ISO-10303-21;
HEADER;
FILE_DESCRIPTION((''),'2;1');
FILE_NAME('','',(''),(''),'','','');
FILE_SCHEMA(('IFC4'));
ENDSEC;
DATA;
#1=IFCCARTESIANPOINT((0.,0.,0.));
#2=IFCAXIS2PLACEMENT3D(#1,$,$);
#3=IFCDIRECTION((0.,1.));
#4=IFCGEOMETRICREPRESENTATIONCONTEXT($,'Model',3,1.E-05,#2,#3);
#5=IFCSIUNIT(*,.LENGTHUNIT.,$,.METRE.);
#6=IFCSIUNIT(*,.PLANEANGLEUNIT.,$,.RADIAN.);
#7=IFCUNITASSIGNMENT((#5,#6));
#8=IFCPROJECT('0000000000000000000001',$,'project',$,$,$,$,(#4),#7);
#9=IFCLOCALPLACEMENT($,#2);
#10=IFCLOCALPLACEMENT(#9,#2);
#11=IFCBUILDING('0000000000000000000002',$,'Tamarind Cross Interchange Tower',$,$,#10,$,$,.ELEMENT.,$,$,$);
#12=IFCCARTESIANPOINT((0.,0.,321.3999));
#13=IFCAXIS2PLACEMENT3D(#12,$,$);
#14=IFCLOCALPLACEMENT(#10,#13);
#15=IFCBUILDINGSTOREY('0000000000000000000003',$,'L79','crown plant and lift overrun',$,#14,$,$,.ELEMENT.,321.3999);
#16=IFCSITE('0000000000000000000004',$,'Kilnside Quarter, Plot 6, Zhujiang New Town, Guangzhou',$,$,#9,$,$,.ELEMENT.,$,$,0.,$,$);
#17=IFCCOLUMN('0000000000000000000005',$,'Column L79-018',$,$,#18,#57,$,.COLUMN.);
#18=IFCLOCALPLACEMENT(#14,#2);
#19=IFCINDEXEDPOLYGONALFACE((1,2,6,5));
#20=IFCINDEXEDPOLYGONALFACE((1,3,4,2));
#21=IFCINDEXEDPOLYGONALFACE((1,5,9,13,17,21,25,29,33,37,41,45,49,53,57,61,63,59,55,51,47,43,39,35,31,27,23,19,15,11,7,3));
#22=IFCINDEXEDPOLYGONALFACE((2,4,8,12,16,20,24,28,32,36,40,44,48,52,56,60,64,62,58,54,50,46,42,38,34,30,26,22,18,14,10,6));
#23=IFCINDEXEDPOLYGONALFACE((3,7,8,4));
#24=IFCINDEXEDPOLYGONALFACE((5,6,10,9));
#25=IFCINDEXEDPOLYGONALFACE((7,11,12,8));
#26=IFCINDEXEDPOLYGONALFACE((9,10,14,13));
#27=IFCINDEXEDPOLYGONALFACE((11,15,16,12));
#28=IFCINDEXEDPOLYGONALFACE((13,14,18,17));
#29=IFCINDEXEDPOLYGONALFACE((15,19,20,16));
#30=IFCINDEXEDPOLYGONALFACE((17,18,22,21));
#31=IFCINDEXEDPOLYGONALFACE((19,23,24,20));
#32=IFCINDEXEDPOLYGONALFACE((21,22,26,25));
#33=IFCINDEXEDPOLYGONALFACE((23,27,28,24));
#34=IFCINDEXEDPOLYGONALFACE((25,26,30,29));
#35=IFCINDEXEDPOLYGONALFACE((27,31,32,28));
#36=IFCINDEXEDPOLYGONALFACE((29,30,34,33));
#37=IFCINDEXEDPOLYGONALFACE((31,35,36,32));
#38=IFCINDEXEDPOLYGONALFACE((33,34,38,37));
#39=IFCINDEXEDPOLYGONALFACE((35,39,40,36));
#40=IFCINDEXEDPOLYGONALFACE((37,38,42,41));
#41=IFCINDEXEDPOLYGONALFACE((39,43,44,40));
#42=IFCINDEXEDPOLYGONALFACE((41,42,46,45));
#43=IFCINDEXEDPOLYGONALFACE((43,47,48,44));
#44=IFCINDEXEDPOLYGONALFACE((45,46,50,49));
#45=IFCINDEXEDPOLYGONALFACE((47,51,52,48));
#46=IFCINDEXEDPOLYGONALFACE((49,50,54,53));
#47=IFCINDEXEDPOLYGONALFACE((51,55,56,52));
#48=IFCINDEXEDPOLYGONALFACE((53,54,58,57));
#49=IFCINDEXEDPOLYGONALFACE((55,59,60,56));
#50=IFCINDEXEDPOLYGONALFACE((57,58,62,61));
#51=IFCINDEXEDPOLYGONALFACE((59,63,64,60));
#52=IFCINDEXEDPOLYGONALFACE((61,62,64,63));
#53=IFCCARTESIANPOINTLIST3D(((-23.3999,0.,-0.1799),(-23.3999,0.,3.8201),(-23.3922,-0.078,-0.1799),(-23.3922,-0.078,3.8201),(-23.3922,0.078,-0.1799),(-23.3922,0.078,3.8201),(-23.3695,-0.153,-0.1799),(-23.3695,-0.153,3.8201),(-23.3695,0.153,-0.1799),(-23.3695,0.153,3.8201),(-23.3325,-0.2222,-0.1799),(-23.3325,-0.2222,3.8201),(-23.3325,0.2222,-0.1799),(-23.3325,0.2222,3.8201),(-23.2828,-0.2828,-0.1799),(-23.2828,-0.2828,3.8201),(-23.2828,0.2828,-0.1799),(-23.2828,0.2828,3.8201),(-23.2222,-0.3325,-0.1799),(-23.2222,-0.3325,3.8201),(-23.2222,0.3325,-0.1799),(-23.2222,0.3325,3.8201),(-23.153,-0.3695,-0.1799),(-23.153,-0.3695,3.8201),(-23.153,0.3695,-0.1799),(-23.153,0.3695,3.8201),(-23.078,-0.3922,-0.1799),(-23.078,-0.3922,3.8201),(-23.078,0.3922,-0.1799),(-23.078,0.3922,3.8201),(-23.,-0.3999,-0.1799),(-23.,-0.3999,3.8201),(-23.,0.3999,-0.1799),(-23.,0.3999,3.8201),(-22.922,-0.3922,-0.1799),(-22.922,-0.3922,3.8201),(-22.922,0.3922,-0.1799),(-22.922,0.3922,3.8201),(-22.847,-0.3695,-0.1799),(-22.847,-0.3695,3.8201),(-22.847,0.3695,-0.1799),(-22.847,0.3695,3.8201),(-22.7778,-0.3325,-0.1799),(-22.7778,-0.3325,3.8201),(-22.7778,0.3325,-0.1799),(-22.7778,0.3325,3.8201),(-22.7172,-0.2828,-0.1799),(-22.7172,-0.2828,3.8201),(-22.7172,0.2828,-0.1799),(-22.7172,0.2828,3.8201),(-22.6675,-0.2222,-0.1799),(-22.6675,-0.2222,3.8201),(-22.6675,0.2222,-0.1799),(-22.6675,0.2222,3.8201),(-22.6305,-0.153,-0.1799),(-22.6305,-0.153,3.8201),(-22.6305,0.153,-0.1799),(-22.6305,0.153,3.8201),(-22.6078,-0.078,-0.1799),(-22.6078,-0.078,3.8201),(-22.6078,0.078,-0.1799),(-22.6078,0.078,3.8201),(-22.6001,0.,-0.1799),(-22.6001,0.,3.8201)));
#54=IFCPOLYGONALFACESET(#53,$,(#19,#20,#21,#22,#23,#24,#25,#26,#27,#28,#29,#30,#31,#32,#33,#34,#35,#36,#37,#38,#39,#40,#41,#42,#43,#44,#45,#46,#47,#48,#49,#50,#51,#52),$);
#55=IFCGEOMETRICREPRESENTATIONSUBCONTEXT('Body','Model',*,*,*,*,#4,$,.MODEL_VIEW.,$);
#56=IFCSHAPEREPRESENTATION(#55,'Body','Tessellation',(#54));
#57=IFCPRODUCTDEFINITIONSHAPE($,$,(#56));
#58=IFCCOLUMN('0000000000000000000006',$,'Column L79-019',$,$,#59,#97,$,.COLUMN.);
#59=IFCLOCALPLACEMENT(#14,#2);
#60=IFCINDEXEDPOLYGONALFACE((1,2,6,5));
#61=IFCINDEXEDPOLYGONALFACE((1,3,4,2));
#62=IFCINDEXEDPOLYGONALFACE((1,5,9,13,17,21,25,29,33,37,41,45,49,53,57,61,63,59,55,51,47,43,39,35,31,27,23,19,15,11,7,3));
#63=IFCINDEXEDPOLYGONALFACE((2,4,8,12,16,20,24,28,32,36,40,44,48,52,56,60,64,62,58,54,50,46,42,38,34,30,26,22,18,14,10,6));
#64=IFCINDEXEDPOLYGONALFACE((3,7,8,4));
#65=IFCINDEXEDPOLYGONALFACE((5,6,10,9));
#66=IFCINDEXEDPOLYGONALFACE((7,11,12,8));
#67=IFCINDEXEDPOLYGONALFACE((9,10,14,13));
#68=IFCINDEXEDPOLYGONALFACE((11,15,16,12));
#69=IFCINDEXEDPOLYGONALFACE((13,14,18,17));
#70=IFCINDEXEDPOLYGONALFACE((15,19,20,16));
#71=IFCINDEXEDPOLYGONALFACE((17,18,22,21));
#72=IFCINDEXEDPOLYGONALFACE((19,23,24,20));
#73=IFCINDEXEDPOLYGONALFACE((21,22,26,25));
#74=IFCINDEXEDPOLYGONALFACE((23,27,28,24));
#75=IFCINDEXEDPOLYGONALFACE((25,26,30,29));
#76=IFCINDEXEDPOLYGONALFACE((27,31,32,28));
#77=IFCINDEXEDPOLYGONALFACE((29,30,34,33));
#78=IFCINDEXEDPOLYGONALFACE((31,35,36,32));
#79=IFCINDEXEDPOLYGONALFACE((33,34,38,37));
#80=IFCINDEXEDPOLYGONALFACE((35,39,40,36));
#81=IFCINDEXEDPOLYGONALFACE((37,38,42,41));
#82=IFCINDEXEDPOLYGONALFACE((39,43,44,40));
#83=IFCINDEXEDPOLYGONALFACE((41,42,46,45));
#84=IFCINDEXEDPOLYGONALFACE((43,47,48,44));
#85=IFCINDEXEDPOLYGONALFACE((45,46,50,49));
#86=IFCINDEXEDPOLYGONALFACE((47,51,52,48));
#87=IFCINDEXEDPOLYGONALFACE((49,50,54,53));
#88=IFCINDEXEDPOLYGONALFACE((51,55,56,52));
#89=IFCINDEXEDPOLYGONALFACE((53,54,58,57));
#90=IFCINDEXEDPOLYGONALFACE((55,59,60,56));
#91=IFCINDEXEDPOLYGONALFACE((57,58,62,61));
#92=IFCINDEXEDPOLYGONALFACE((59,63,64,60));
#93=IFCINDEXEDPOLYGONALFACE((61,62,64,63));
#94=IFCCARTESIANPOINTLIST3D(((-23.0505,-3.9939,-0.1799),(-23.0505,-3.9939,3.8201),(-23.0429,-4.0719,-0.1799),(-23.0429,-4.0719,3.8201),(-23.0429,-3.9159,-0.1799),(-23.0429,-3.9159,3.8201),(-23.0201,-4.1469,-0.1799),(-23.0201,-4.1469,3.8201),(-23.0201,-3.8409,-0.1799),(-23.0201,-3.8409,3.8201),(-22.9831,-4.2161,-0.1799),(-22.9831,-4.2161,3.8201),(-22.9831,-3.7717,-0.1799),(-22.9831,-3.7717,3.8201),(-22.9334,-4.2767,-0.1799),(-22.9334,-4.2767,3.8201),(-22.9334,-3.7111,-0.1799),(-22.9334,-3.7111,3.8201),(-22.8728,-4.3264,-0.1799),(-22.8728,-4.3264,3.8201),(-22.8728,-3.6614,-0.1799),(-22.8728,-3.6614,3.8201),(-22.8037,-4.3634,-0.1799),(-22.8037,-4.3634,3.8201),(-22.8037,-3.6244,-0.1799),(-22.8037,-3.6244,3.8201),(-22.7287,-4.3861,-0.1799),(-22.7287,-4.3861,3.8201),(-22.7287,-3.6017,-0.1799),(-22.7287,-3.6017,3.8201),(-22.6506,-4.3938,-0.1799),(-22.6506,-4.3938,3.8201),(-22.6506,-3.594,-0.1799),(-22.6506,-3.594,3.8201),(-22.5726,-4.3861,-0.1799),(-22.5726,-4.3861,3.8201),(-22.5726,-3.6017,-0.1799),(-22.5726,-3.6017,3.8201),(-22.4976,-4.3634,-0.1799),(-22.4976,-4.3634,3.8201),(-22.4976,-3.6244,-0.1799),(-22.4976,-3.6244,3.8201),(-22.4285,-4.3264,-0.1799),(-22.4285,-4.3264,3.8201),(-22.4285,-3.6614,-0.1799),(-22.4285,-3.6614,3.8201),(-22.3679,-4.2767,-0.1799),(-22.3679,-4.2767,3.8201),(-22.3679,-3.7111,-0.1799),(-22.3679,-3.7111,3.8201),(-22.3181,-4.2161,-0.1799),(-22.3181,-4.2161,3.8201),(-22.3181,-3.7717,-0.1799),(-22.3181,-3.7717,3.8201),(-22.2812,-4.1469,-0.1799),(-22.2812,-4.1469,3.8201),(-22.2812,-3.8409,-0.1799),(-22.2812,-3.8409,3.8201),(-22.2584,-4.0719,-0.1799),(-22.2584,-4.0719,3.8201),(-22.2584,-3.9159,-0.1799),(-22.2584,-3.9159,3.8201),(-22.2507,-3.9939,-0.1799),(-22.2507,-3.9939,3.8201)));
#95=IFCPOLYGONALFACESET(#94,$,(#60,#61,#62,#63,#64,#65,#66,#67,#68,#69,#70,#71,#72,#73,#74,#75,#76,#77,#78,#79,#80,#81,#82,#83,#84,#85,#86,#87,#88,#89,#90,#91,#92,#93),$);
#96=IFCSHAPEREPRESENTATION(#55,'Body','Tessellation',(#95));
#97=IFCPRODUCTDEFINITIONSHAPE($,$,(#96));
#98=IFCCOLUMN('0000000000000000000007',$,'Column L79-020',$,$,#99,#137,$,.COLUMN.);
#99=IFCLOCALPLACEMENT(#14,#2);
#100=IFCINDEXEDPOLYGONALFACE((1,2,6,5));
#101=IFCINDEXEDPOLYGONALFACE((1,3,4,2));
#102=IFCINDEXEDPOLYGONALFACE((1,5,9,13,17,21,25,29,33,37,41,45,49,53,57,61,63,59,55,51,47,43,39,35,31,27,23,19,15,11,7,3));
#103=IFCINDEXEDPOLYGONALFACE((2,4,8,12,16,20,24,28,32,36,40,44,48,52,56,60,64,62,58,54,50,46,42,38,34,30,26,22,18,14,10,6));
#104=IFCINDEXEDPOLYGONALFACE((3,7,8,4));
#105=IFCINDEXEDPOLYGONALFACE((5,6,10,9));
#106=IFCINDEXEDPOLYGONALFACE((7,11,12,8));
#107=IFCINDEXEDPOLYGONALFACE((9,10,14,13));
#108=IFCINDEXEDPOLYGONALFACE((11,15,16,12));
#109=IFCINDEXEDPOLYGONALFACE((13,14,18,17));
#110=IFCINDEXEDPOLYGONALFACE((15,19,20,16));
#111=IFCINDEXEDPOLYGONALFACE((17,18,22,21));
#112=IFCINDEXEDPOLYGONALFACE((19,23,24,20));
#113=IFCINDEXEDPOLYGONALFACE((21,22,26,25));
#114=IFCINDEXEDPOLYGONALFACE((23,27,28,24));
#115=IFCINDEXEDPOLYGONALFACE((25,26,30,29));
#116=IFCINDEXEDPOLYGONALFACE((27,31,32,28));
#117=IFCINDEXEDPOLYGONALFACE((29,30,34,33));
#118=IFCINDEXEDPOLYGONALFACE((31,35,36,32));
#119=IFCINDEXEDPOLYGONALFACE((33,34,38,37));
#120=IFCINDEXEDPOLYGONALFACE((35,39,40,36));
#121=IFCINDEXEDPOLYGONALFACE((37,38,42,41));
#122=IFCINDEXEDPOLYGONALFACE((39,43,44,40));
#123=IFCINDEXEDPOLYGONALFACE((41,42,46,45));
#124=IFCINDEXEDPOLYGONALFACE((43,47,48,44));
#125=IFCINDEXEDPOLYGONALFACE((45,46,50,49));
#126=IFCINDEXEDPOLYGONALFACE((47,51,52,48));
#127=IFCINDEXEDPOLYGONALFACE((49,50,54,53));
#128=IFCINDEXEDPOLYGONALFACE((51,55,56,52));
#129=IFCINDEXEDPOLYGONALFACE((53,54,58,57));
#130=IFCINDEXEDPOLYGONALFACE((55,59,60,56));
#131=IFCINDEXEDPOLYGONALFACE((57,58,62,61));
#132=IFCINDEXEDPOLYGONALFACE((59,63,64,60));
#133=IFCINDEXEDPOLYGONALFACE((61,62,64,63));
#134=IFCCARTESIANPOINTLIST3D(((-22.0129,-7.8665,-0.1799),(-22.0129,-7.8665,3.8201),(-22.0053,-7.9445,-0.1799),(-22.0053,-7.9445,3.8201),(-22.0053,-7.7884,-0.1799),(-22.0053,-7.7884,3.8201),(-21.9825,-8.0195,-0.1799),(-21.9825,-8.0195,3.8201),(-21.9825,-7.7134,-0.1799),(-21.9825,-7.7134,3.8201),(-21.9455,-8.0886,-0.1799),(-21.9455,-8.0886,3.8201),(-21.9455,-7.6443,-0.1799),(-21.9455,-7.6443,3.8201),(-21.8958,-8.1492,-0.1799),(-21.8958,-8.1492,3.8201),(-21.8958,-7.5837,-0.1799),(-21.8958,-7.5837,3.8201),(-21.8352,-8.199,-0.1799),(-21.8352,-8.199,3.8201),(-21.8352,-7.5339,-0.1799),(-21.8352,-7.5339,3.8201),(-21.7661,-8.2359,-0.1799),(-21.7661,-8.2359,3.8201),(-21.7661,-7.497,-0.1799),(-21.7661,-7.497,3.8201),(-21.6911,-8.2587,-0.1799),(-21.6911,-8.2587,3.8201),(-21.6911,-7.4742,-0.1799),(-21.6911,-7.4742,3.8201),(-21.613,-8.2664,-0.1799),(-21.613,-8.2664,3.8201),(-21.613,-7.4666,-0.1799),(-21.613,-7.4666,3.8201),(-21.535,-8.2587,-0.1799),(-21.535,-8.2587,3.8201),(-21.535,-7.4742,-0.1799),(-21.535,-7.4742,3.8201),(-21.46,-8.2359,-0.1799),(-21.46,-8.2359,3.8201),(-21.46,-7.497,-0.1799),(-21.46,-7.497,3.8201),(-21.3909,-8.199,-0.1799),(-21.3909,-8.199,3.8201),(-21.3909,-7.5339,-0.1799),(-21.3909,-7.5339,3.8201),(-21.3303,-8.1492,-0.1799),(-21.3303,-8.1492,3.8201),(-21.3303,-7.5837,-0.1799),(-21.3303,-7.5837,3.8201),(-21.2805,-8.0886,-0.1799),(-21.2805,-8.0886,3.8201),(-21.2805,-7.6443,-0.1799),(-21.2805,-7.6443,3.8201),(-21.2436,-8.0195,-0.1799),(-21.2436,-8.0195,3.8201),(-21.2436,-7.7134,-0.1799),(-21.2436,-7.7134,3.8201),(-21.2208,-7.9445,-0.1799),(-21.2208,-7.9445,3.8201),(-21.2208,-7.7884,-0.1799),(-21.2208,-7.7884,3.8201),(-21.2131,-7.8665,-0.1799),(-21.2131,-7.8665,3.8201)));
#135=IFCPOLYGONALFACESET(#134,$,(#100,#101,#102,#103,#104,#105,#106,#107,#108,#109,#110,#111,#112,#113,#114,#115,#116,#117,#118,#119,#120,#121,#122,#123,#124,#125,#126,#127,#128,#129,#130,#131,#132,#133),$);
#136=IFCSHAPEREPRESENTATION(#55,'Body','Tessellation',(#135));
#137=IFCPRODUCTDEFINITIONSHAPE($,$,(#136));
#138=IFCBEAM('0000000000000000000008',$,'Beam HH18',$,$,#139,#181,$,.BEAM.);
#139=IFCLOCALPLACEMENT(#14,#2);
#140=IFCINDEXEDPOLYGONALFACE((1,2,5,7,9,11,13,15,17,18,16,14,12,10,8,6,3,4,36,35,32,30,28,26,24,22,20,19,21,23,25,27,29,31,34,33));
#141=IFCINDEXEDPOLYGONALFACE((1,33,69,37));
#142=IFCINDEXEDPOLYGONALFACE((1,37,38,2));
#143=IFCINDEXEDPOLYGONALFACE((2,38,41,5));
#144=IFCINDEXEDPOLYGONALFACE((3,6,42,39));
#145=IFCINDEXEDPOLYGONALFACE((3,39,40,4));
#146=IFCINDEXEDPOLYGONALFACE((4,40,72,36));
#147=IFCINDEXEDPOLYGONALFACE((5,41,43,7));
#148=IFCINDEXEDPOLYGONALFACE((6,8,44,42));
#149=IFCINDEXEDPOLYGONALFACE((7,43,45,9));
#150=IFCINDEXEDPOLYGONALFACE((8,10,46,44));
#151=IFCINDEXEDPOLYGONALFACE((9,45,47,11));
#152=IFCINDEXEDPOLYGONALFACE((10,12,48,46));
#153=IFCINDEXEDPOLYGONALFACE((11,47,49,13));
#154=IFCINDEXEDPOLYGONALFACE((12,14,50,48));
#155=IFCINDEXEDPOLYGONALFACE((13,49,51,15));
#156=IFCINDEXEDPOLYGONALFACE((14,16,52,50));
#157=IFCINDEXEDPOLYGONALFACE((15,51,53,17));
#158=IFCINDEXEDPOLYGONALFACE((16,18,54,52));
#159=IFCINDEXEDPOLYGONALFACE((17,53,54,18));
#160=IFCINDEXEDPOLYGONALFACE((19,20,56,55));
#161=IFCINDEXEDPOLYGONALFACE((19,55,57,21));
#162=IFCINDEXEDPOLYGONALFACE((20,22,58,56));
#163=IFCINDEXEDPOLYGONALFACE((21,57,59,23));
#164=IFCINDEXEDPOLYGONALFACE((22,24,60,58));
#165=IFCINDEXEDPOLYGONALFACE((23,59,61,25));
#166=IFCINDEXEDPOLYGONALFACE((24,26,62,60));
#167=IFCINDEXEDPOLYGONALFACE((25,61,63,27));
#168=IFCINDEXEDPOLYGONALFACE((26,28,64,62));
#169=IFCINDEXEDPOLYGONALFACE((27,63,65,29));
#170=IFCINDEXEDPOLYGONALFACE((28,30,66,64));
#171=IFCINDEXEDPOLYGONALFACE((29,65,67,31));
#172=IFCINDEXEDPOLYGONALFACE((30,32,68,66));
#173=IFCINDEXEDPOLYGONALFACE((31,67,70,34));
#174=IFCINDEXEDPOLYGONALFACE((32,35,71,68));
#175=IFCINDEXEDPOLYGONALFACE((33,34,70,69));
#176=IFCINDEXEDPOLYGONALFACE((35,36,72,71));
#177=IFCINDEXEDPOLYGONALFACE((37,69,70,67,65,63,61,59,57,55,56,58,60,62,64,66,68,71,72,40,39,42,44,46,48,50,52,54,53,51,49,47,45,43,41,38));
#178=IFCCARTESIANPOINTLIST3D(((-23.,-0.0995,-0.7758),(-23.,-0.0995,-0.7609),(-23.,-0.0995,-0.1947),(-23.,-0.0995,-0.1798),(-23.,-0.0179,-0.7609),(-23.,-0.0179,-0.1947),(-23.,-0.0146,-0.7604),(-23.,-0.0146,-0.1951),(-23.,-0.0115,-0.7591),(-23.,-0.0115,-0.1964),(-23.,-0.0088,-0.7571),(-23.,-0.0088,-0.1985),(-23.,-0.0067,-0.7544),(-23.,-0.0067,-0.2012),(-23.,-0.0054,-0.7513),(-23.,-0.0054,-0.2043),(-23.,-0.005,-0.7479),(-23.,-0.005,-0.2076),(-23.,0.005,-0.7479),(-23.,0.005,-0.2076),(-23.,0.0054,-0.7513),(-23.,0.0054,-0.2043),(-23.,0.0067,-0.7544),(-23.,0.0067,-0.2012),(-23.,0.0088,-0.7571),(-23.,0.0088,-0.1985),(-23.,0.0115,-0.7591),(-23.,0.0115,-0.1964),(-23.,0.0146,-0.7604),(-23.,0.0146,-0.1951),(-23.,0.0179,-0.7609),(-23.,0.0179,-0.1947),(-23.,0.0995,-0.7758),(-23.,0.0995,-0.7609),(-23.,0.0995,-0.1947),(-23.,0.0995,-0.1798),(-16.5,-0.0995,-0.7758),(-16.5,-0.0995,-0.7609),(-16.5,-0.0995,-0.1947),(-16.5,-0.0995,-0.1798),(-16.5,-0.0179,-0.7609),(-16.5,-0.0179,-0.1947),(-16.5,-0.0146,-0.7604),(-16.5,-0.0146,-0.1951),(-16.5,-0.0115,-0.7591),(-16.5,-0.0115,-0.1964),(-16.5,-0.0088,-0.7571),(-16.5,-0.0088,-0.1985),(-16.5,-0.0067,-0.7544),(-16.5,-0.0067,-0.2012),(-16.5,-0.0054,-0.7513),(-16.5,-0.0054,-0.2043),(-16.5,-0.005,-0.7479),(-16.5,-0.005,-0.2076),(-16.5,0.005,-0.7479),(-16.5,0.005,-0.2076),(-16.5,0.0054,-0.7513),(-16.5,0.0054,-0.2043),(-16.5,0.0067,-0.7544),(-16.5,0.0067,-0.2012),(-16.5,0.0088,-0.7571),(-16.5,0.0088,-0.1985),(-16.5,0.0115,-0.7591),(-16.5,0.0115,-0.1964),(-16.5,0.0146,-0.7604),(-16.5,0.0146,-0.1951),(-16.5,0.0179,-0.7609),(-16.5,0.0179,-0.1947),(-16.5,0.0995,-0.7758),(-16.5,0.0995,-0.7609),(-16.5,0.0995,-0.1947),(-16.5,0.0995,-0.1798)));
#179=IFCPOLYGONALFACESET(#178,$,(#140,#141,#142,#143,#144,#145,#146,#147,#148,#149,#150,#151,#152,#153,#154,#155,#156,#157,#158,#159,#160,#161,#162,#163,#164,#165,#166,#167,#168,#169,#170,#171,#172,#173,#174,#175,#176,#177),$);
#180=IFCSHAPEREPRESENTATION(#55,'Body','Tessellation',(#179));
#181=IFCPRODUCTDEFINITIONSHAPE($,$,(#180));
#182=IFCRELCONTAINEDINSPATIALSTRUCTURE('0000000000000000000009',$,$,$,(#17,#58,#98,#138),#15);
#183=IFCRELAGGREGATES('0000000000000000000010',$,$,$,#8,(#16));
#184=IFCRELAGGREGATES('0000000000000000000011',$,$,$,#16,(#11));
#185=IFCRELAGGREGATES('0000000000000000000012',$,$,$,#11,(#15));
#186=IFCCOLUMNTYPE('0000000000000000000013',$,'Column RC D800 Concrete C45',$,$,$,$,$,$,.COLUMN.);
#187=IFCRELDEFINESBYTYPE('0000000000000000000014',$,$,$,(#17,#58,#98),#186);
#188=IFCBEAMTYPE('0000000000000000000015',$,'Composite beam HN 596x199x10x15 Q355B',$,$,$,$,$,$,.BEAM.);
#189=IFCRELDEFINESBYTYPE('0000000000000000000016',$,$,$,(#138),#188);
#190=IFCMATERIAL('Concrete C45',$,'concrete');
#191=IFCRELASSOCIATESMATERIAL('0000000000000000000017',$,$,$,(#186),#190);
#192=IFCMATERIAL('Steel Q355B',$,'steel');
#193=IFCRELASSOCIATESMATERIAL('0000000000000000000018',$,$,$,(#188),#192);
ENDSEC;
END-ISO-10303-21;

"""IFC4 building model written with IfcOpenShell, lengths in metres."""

from ifc_helpers import new_model, si_unit, direction, frame, origin, origin_2d, place, context, subcontext, project, spatial, circle, i_section, extrude, material, material_profile, profile_set, type_object, element, save


model = new_model("IFC4")

# Units and contexts
model_context = context("Model", 3, precision=1e-05, world=origin(), true_north=direction((0.0, 1.0)))
body_context = subcontext(model_context, "Body", "Model", "MODEL_VIEW")
ifc_project = project(units=[si_unit("LENGTHUNIT", "METRE"), si_unit("PLANEANGLEUNIT", "RADIAN")], contexts=[model_context])

# Site, building, storey
site_placement = place(None, origin())
site = spatial("IfcSite", under=ifc_project, at=site_placement, Name="Kilnside Quarter, Plot 6, Zhujiang New Town, Guangzhou", CompositionType="ELEMENT", RefElevation=0.0)
building_placement = place(site_placement, origin())
building = spatial("IfcBuilding", under=site, at=building_placement, Name="Tamarind Cross Interchange Tower", CompositionType="ELEMENT")
storey_placement = place(building_placement, frame((0.0, 0.0, 321.3999)))
storey = spatial("IfcBuildingStorey", under=building, at=storey_placement, Name="L79", Description="crown plant and lift overrun", CompositionType="ELEMENT", Elevation=321.3999)

# Columns
ifc_material_1 = material(Name="Concrete C45", Category="concrete")
ifc_material_profile_1 = material_profile(ifc_material_1, circle(Radius=0.3999, at=origin_2d()), Name="RC D800")
ifc_profile_set_1 = profile_set([ifc_material_profile_1], Name="Concrete C45")
column_type = type_object("IfcColumnType", Name="Column RC D800 Concrete C45", PredefinedType="COLUMN", material=ifc_profile_set_1)
for number, where, z_axis, x_axis, name in (
    (1, (-23.0, 0.0, -0.1799), (0.0, 0.0, 1.0), (1.0, 0.0, 0.0), "Column L79-018"),
    (2, (-22.6506, -3.9939, -0.1799), (0.0, 0.0, 1.0), (1.0, 0.0, 0.0), "Column L79-019"),
    (3, (-21.613, -7.8665, -0.1799), (0.0, 0.0, 1.0), (1.0, 0.0, 0.0), "Column L79-020"),
):
    element("IfcColumn", number, at=place(storey_placement, frame(where, z_axis=z_axis, x_axis=x_axis)), inside=storey, type_object=column_type, Name=name, PredefinedType="COLUMN", context=body_context, shape_type="SweptSolid", body=[
        extrude(circle(Radius=0.3999, at=origin_2d()), origin(), (0.0, 0.0, 1.0), 4.0),
    ])

# Beam
ifc_material_2 = material(Name="Steel Q355B", Category="steel")
ifc_material_profile_2 = material_profile(ifc_material_2, i_section(OverallWidth=0.199, OverallDepth=0.5959, WebThickness=0.01, FlangeThickness=0.0149, FilletRadius=0.0129, at=origin_2d()), Name="HN 596x199x10x15")
ifc_profile_set_2 = profile_set([ifc_material_profile_2], Name="Steel Q355B")
beam_type = type_object("IfcBeamType", Name="Composite beam HN 596x199x10x15 Q355B", PredefinedType="BEAM", material=ifc_profile_set_2)
beam_1_placement = place(storey_placement, frame((-23.0, 0.0, -0.4778), z_axis=(1.0, 0.0, 0.0), x_axis=(0.0, 1.0, 0.0)))
element("IfcBeam", 4, at=beam_1_placement, inside=storey, type_object=beam_type, Name="Beam HH18", PredefinedType="BEAM", context=body_context, shape_type="SweptSolid", body=[
    extrude(i_section(OverallWidth=0.199, OverallDepth=0.5959, WebThickness=0.01, FlangeThickness=0.0149, FilletRadius=0.0129, at=origin_2d()), origin(), (0.0, 0.0, 1.0), 6.5),
])

save(model, "model.ifc")
